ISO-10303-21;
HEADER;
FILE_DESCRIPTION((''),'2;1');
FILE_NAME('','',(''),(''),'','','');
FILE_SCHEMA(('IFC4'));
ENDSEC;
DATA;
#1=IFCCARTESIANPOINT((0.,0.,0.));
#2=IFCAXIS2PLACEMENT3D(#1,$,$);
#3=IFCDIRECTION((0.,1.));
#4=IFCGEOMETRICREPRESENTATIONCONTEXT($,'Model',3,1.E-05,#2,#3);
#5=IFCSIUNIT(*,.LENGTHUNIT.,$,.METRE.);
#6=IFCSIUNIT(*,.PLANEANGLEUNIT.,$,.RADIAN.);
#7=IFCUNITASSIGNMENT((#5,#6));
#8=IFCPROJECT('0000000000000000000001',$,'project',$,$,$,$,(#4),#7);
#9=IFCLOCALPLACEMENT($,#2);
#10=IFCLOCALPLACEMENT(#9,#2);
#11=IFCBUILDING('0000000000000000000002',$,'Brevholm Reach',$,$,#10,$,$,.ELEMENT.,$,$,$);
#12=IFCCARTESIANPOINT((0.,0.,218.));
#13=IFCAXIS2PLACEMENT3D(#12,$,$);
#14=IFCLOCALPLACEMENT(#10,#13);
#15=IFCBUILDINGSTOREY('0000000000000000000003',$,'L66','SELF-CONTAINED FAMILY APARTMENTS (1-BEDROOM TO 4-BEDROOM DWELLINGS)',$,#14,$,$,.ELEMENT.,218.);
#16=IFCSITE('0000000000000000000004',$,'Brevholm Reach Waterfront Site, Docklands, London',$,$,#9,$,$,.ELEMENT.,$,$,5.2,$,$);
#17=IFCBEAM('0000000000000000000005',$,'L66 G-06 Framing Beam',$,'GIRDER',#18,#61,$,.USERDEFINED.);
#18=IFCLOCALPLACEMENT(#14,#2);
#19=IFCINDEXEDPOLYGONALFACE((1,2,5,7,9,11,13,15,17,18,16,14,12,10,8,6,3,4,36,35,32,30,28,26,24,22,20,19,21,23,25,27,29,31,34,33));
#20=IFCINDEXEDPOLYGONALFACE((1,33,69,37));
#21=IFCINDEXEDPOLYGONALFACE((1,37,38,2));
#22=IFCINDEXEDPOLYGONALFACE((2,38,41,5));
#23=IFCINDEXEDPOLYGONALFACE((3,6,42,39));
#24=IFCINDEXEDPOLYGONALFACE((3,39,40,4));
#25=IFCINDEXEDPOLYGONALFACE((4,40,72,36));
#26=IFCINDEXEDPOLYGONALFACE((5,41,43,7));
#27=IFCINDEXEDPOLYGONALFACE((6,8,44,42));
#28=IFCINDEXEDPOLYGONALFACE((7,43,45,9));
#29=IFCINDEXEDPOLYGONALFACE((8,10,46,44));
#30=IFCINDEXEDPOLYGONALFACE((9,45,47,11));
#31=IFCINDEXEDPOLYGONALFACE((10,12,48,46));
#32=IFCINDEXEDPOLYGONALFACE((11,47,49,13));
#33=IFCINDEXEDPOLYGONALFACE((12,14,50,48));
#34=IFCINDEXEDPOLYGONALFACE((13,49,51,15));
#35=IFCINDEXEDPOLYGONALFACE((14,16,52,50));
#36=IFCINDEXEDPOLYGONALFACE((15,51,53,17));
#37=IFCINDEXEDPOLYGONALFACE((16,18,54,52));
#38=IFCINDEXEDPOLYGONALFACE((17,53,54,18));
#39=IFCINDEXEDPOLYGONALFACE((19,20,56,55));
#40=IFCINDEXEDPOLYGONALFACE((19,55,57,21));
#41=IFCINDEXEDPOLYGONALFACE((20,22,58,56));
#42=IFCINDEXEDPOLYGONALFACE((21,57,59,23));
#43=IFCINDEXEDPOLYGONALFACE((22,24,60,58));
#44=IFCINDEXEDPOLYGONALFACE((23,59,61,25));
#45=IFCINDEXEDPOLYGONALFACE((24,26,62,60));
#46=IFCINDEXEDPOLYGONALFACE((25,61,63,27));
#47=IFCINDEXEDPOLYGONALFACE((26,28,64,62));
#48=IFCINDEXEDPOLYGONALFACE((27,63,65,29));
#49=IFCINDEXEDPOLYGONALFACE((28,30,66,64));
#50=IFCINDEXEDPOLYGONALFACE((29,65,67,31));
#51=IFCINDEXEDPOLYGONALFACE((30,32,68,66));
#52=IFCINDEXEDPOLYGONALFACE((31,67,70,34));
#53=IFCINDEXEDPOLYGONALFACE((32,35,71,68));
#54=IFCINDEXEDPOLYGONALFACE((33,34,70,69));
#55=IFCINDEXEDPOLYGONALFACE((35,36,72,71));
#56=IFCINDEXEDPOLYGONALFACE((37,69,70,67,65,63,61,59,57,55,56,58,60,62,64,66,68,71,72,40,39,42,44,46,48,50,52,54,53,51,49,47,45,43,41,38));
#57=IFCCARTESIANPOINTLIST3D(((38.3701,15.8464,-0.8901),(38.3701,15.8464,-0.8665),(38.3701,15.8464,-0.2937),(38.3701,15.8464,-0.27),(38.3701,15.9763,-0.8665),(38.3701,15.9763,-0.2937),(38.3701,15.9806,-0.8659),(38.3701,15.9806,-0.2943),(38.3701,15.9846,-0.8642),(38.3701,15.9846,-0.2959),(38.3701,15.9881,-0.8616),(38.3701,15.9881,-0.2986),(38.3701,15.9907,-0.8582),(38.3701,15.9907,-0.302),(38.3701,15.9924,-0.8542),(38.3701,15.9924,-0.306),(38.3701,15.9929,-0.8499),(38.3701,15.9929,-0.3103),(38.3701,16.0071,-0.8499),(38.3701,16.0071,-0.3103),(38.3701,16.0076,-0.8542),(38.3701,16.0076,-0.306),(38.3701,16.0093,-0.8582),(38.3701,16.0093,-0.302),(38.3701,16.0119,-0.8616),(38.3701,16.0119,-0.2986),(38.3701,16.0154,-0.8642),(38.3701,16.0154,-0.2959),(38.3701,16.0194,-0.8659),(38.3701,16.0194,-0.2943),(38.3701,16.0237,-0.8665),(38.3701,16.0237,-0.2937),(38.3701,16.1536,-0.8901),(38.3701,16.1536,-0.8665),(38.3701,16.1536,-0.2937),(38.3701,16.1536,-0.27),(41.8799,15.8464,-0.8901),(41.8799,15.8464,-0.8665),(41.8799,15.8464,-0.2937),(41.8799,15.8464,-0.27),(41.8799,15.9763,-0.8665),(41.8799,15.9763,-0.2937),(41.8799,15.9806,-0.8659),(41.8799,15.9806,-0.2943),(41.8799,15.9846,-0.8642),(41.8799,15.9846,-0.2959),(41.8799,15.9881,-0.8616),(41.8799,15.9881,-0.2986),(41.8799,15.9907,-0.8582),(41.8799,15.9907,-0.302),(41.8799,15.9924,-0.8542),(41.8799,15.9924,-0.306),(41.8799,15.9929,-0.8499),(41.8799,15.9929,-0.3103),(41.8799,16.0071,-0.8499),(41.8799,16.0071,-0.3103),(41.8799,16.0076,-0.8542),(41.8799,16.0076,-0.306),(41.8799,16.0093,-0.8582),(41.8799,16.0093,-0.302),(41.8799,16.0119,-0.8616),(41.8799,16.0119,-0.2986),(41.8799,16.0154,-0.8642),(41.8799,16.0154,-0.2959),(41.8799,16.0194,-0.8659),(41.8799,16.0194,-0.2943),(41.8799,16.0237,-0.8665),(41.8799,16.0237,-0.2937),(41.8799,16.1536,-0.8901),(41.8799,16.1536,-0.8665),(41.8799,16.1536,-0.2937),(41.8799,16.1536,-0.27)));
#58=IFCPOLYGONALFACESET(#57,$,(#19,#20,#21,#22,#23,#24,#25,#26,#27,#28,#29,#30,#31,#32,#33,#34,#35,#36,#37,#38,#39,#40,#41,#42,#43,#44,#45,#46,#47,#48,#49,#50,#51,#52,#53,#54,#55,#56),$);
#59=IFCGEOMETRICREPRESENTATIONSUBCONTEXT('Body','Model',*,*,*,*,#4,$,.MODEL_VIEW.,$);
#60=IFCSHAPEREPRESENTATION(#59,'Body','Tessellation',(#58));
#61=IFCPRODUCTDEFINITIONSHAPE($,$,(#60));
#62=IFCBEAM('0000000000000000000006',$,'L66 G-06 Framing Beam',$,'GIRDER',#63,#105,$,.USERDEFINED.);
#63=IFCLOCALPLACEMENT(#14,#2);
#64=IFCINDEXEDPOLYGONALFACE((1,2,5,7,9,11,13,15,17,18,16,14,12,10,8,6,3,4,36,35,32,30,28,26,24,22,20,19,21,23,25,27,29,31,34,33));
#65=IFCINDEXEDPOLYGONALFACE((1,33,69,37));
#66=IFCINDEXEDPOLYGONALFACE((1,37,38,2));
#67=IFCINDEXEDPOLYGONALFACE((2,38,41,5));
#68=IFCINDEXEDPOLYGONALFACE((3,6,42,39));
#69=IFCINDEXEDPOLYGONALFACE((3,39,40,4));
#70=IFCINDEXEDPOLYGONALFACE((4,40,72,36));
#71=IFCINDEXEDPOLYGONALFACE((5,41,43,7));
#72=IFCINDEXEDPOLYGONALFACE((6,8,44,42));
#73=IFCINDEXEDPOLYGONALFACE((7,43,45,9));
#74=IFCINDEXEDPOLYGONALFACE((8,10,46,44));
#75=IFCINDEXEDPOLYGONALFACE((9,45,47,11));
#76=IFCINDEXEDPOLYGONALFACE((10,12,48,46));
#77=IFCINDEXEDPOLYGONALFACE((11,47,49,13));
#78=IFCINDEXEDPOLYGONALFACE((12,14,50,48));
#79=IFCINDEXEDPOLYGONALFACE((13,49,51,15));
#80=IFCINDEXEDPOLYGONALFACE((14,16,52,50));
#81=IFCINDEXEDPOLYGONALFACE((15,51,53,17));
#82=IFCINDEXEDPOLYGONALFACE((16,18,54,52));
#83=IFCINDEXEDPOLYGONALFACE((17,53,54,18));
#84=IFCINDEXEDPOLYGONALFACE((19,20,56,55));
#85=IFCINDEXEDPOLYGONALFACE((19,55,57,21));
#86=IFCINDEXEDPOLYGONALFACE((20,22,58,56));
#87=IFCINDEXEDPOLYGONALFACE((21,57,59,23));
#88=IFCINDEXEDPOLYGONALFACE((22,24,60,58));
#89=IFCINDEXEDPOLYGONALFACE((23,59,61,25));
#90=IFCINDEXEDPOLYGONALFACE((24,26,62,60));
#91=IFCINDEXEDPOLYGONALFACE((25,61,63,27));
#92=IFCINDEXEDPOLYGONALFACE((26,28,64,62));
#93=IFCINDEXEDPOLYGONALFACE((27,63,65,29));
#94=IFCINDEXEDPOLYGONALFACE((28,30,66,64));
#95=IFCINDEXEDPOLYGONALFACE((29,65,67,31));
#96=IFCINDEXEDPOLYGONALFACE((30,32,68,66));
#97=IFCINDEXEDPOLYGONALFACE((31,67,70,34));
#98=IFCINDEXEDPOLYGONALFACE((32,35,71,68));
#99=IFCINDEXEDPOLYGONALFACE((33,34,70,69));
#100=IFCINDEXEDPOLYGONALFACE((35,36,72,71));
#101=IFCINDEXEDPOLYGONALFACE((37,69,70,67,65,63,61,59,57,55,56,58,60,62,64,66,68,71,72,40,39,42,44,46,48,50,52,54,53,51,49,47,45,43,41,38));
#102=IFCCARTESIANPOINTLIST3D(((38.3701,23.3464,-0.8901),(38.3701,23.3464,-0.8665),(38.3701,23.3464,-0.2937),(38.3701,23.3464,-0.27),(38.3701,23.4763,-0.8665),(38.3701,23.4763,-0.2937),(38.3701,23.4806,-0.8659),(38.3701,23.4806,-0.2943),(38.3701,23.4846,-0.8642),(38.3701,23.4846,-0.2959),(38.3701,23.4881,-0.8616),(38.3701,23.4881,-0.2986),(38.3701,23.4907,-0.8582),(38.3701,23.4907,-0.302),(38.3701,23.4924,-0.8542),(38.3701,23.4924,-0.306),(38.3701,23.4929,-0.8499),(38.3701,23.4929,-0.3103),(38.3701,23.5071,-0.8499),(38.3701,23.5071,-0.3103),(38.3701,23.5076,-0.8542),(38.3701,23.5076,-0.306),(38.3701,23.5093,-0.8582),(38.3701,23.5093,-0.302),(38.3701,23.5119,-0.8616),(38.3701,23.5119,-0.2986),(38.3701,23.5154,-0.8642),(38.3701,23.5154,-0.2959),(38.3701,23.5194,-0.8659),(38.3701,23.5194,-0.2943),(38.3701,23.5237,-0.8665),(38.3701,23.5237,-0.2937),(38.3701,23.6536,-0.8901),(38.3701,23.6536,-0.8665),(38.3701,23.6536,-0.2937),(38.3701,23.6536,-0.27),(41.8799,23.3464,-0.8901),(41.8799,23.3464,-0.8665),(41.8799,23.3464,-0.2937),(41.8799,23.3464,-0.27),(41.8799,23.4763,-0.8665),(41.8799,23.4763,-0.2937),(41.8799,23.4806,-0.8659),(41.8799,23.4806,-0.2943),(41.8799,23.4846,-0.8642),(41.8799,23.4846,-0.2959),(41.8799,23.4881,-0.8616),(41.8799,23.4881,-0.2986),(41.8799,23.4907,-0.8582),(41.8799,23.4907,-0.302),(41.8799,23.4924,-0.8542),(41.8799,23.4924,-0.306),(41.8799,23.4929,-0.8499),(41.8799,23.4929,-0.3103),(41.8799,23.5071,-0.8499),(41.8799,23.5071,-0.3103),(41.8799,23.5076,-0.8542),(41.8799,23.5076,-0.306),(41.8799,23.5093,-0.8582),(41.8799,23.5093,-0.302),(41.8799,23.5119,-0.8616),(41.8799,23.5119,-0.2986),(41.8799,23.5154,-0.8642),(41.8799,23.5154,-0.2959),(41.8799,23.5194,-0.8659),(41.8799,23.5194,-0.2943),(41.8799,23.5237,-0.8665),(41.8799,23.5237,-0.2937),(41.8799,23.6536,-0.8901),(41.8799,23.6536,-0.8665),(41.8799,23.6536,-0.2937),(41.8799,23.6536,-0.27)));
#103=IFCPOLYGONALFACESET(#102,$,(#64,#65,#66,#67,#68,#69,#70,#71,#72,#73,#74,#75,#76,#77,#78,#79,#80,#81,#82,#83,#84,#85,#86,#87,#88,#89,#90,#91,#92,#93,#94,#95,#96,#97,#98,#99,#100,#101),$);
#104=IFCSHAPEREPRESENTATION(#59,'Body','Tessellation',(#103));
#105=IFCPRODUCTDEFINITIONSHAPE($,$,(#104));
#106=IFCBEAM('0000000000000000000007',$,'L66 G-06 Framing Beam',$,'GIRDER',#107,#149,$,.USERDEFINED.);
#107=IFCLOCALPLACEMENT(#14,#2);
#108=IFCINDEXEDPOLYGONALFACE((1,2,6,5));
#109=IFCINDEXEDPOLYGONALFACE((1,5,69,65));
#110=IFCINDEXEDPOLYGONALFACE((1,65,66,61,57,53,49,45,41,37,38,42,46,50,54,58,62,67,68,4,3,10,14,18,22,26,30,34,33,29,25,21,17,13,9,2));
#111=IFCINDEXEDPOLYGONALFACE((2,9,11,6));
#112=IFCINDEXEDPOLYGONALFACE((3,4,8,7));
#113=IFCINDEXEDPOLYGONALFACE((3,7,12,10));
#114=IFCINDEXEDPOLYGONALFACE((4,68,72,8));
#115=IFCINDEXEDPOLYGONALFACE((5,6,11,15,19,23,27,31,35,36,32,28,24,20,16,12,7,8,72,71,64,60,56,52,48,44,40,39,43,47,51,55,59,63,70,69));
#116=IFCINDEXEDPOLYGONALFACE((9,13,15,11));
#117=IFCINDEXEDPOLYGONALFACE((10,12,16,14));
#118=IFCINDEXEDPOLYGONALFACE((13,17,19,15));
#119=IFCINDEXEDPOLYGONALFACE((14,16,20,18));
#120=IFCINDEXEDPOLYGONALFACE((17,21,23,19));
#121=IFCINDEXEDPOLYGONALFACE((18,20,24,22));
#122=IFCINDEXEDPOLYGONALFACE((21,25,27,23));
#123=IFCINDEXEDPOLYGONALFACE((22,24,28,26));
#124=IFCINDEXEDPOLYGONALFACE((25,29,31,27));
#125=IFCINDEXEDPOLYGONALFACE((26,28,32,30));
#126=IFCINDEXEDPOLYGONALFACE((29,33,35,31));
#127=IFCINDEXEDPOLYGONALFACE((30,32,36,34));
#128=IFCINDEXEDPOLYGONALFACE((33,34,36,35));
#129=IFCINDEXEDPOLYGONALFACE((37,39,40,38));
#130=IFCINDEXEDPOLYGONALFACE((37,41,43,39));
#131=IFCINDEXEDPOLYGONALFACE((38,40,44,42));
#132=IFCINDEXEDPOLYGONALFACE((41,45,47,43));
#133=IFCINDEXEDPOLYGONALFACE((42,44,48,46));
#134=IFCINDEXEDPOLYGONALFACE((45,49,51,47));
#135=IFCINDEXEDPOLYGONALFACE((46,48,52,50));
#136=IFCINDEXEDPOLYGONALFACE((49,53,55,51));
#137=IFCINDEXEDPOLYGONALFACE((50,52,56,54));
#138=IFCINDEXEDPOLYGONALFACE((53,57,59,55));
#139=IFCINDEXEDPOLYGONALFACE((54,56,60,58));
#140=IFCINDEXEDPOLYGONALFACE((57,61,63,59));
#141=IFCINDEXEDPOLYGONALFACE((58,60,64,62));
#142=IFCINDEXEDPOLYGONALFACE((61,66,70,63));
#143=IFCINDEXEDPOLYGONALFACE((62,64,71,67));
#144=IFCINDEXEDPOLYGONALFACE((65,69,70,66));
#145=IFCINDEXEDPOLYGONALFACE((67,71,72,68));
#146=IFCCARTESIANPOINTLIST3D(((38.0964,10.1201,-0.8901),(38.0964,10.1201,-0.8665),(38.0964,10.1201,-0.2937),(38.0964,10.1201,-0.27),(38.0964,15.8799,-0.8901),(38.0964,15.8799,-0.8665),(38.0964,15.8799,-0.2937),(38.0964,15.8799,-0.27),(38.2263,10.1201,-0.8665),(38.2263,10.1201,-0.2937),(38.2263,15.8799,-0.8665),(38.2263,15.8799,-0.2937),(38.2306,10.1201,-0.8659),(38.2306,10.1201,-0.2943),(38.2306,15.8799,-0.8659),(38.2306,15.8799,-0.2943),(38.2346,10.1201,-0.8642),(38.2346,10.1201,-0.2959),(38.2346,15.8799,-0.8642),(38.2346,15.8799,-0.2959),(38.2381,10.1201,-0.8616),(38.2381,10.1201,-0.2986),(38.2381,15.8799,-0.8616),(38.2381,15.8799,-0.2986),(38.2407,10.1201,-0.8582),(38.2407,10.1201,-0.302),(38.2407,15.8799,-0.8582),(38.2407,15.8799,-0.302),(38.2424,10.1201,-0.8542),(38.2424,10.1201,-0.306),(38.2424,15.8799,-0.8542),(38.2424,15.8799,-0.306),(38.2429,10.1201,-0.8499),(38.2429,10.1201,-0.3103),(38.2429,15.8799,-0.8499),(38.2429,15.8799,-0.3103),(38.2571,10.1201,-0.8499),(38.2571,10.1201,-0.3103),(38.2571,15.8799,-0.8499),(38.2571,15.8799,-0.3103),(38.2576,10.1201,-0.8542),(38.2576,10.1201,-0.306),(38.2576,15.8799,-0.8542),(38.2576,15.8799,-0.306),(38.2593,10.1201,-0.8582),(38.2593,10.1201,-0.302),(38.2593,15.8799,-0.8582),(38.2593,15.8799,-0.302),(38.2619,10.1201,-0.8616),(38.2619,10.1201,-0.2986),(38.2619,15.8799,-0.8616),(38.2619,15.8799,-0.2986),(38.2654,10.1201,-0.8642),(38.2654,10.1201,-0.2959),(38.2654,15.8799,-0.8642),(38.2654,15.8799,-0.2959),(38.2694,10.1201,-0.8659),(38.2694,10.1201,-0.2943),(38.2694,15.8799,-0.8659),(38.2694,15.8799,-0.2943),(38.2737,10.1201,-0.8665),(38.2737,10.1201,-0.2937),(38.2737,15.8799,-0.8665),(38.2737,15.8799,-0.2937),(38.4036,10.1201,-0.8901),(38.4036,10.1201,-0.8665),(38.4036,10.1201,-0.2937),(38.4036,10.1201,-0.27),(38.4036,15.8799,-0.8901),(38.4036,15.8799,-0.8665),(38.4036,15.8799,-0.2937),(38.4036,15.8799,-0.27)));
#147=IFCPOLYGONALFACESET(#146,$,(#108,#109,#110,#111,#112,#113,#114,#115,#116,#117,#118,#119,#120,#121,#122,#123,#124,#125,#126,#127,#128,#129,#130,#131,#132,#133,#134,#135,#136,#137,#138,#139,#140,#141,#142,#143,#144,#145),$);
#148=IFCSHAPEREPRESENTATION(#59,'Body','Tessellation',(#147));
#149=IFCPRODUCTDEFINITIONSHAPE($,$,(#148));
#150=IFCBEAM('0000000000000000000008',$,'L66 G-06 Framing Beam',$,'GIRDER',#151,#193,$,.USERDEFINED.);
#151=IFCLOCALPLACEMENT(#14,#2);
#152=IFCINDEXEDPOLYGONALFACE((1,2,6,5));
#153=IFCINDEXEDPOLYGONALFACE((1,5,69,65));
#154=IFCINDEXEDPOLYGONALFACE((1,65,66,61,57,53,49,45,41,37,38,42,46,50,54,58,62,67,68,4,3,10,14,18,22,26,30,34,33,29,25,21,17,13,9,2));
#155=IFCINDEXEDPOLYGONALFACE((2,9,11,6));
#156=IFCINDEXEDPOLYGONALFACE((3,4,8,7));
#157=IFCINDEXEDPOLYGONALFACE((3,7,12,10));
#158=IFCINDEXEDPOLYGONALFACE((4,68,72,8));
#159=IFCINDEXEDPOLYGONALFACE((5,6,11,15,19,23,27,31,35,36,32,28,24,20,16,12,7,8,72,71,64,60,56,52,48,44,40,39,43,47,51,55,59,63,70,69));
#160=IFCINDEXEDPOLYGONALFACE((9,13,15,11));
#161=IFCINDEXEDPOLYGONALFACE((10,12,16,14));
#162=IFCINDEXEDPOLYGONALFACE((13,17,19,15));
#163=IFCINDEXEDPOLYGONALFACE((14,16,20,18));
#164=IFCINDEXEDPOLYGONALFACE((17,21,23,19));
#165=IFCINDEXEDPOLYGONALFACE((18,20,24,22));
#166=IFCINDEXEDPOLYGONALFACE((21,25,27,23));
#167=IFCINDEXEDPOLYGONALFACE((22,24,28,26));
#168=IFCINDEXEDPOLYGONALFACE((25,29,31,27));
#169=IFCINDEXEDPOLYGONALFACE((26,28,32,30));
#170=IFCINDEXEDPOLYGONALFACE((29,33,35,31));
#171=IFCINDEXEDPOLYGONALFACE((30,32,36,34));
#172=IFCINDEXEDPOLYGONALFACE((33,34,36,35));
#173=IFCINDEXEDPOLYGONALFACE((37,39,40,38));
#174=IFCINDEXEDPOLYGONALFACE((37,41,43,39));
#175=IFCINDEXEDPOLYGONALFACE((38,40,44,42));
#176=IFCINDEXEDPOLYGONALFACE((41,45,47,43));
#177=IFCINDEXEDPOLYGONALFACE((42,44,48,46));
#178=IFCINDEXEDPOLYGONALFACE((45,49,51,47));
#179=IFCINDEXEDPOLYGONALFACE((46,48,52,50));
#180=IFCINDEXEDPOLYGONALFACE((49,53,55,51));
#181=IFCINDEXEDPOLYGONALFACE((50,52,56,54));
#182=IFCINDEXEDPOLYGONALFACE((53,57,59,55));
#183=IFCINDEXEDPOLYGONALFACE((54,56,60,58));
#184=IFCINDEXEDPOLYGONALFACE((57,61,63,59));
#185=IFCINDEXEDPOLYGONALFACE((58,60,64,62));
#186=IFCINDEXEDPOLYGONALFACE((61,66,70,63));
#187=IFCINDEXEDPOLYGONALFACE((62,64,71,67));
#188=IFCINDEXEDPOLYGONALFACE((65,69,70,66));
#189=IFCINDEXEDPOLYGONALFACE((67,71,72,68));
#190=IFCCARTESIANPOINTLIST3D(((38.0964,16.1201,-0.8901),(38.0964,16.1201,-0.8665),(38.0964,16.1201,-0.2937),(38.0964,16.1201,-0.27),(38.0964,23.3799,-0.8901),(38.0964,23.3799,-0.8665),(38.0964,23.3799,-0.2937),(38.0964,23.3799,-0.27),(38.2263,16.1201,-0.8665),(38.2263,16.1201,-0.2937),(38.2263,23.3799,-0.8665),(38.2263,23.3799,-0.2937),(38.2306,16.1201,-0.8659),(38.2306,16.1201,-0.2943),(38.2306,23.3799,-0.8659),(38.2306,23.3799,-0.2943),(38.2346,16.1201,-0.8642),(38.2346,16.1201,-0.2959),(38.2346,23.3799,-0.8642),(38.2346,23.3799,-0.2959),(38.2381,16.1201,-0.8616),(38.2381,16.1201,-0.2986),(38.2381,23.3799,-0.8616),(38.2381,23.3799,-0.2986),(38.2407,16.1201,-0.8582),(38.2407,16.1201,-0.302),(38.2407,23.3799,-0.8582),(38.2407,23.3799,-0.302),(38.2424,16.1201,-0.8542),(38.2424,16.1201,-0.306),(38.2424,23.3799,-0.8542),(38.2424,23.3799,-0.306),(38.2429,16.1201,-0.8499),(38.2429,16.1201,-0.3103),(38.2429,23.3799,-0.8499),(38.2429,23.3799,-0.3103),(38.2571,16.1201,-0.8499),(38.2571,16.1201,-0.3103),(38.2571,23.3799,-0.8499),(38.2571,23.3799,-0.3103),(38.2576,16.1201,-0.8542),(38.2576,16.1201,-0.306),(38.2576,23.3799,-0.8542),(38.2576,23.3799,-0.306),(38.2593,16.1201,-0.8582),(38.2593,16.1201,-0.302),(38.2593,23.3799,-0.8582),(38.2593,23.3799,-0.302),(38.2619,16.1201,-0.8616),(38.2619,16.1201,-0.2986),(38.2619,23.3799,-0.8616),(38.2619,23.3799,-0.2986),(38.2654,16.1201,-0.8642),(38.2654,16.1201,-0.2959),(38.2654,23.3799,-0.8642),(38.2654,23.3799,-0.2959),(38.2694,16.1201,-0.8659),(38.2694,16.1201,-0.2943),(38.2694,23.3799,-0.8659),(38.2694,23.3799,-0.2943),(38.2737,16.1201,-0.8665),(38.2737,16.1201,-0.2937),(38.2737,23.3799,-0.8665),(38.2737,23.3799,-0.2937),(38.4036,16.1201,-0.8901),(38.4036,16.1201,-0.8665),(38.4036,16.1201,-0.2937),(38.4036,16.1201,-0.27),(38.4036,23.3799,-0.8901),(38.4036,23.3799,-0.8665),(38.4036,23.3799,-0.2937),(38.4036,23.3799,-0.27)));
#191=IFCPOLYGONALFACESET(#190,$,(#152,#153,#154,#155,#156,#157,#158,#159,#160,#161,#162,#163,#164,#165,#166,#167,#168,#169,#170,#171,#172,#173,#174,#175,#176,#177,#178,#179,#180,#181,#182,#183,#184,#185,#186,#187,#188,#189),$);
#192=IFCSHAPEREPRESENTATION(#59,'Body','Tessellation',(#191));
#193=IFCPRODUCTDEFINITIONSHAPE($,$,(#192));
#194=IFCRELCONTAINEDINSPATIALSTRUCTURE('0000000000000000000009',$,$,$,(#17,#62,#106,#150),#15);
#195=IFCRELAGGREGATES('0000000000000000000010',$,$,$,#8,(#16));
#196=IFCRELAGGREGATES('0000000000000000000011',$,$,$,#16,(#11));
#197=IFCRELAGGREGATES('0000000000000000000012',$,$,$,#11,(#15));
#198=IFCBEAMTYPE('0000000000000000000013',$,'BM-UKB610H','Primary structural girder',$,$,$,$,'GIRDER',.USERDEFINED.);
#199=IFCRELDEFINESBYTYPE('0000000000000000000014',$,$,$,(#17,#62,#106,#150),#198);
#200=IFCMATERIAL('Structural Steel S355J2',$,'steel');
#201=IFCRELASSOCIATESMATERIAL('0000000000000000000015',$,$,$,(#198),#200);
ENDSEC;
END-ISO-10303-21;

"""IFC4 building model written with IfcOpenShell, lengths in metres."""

from ifc_helpers import new_model, si_unit, direction, frame, origin, origin_2d, place, context, subcontext, project, spatial, i_section, extrude, material, material_profile, profile_set, type_object, element, save


model = new_model("IFC4")

# Units and contexts
model_context = context("Model", 3, precision=1e-05, world=origin(), true_north=direction((0.0, 1.0)))
body_context = subcontext(model_context, "Body", "Model", "MODEL_VIEW")
ifc_project = project(units=[si_unit("LENGTHUNIT", "METRE"), si_unit("PLANEANGLEUNIT", "RADIAN")], contexts=[model_context])

# Site, building, storey
site_placement = place(None, origin())
site = spatial("IfcSite", under=ifc_project, at=site_placement, Name="Brevholm Reach Waterfront Site, Docklands, London", CompositionType="ELEMENT", RefElevation=5.2)
building_placement = place(site_placement, origin())
building = spatial("IfcBuilding", under=site, at=building_placement, Name="Brevholm Reach", CompositionType="ELEMENT")
storey_placement = place(building_placement, frame((0.0, 0.0, 218.0)))
storey = spatial("IfcBuildingStorey", under=building, at=storey_placement, Name="L66", Description="SELF-CONTAINED FAMILY APARTMENTS (1-BEDROOM TO 4-BEDROOM DWELLINGS)", CompositionType="ELEMENT", Elevation=218.0)

# Beams
ifc_material_1 = material(Name="Structural Steel S355J2", Category="steel")
ifc_material_profile_1 = material_profile(ifc_material_1, i_section(OverallWidth=0.3071, OverallDepth=0.6201, WebThickness=0.0142, FlangeThickness=0.0237, FilletRadius=0.0166, at=origin_2d()), Name="UKB 610x305x179")
ifc_profile_set_1 = profile_set([ifc_material_profile_1], Name="Structural Steel S355J2")
beam_type = type_object("IfcBeamType", Name="BM-UKB610H", Description="Primary structural girder", ElementType="GIRDER", PredefinedType="USERDEFINED", material=ifc_profile_set_1)
for number, where, z_axis, x_axis, name in (
    (1, (38.3701, 16.0, -0.5801), (1.0, 0.0, 0.0), (0.0, 1.0, 0.0), "L66 G-06 Framing Beam"),
    (2, (38.3701, 23.5, -0.5801), (1.0, 0.0, 0.0), (0.0, 1.0, 0.0), "L66 G-06 Framing Beam"),
):
    element("IfcBeam", number, at=place(storey_placement, frame(where, z_axis=z_axis, x_axis=x_axis)), inside=storey, type_object=beam_type, Name=name, ObjectType="GIRDER", PredefinedType="USERDEFINED", context=body_context, shape_type="SweptSolid", body=[
        extrude(i_section(OverallWidth=0.3071, OverallDepth=0.6201, WebThickness=0.0142, FlangeThickness=0.0237, FilletRadius=0.0166, at=origin_2d()), origin(), (0.0, 0.0, 1.0), 3.5098),
    ])
beam_1_placement = place(storey_placement, frame((38.25, 10.1201, -0.5801), z_axis=(0.0, 1.0, 0.0), x_axis=(-1.0, 0.0, 0.0)))
element("IfcBeam", 3, at=beam_1_placement, inside=storey, type_object=beam_type, Name="L66 G-06 Framing Beam", ObjectType="GIRDER", PredefinedType="USERDEFINED", context=body_context, shape_type="SweptSolid", body=[
    extrude(i_section(OverallWidth=0.3071, OverallDepth=0.6201, WebThickness=0.0142, FlangeThickness=0.0237, FilletRadius=0.0166, at=origin_2d()), origin(), (0.0, 0.0, 1.0), 5.7598),
])
beam_2_placement = place(storey_placement, frame((38.25, 16.1201, -0.5801), z_axis=(0.0, 1.0, 0.0), x_axis=(-1.0, 0.0, 0.0)))
element("IfcBeam", 4, at=beam_2_placement, inside=storey, type_object=beam_type, Name="L66 G-06 Framing Beam", ObjectType="GIRDER", PredefinedType="USERDEFINED", context=body_context, shape_type="SweptSolid", body=[
    extrude(i_section(OverallWidth=0.3071, OverallDepth=0.6201, WebThickness=0.0142, FlangeThickness=0.0237, FilletRadius=0.0166, at=origin_2d()), origin(), (0.0, 0.0, 1.0), 7.2598),
])

save(model, "model.ifc")
